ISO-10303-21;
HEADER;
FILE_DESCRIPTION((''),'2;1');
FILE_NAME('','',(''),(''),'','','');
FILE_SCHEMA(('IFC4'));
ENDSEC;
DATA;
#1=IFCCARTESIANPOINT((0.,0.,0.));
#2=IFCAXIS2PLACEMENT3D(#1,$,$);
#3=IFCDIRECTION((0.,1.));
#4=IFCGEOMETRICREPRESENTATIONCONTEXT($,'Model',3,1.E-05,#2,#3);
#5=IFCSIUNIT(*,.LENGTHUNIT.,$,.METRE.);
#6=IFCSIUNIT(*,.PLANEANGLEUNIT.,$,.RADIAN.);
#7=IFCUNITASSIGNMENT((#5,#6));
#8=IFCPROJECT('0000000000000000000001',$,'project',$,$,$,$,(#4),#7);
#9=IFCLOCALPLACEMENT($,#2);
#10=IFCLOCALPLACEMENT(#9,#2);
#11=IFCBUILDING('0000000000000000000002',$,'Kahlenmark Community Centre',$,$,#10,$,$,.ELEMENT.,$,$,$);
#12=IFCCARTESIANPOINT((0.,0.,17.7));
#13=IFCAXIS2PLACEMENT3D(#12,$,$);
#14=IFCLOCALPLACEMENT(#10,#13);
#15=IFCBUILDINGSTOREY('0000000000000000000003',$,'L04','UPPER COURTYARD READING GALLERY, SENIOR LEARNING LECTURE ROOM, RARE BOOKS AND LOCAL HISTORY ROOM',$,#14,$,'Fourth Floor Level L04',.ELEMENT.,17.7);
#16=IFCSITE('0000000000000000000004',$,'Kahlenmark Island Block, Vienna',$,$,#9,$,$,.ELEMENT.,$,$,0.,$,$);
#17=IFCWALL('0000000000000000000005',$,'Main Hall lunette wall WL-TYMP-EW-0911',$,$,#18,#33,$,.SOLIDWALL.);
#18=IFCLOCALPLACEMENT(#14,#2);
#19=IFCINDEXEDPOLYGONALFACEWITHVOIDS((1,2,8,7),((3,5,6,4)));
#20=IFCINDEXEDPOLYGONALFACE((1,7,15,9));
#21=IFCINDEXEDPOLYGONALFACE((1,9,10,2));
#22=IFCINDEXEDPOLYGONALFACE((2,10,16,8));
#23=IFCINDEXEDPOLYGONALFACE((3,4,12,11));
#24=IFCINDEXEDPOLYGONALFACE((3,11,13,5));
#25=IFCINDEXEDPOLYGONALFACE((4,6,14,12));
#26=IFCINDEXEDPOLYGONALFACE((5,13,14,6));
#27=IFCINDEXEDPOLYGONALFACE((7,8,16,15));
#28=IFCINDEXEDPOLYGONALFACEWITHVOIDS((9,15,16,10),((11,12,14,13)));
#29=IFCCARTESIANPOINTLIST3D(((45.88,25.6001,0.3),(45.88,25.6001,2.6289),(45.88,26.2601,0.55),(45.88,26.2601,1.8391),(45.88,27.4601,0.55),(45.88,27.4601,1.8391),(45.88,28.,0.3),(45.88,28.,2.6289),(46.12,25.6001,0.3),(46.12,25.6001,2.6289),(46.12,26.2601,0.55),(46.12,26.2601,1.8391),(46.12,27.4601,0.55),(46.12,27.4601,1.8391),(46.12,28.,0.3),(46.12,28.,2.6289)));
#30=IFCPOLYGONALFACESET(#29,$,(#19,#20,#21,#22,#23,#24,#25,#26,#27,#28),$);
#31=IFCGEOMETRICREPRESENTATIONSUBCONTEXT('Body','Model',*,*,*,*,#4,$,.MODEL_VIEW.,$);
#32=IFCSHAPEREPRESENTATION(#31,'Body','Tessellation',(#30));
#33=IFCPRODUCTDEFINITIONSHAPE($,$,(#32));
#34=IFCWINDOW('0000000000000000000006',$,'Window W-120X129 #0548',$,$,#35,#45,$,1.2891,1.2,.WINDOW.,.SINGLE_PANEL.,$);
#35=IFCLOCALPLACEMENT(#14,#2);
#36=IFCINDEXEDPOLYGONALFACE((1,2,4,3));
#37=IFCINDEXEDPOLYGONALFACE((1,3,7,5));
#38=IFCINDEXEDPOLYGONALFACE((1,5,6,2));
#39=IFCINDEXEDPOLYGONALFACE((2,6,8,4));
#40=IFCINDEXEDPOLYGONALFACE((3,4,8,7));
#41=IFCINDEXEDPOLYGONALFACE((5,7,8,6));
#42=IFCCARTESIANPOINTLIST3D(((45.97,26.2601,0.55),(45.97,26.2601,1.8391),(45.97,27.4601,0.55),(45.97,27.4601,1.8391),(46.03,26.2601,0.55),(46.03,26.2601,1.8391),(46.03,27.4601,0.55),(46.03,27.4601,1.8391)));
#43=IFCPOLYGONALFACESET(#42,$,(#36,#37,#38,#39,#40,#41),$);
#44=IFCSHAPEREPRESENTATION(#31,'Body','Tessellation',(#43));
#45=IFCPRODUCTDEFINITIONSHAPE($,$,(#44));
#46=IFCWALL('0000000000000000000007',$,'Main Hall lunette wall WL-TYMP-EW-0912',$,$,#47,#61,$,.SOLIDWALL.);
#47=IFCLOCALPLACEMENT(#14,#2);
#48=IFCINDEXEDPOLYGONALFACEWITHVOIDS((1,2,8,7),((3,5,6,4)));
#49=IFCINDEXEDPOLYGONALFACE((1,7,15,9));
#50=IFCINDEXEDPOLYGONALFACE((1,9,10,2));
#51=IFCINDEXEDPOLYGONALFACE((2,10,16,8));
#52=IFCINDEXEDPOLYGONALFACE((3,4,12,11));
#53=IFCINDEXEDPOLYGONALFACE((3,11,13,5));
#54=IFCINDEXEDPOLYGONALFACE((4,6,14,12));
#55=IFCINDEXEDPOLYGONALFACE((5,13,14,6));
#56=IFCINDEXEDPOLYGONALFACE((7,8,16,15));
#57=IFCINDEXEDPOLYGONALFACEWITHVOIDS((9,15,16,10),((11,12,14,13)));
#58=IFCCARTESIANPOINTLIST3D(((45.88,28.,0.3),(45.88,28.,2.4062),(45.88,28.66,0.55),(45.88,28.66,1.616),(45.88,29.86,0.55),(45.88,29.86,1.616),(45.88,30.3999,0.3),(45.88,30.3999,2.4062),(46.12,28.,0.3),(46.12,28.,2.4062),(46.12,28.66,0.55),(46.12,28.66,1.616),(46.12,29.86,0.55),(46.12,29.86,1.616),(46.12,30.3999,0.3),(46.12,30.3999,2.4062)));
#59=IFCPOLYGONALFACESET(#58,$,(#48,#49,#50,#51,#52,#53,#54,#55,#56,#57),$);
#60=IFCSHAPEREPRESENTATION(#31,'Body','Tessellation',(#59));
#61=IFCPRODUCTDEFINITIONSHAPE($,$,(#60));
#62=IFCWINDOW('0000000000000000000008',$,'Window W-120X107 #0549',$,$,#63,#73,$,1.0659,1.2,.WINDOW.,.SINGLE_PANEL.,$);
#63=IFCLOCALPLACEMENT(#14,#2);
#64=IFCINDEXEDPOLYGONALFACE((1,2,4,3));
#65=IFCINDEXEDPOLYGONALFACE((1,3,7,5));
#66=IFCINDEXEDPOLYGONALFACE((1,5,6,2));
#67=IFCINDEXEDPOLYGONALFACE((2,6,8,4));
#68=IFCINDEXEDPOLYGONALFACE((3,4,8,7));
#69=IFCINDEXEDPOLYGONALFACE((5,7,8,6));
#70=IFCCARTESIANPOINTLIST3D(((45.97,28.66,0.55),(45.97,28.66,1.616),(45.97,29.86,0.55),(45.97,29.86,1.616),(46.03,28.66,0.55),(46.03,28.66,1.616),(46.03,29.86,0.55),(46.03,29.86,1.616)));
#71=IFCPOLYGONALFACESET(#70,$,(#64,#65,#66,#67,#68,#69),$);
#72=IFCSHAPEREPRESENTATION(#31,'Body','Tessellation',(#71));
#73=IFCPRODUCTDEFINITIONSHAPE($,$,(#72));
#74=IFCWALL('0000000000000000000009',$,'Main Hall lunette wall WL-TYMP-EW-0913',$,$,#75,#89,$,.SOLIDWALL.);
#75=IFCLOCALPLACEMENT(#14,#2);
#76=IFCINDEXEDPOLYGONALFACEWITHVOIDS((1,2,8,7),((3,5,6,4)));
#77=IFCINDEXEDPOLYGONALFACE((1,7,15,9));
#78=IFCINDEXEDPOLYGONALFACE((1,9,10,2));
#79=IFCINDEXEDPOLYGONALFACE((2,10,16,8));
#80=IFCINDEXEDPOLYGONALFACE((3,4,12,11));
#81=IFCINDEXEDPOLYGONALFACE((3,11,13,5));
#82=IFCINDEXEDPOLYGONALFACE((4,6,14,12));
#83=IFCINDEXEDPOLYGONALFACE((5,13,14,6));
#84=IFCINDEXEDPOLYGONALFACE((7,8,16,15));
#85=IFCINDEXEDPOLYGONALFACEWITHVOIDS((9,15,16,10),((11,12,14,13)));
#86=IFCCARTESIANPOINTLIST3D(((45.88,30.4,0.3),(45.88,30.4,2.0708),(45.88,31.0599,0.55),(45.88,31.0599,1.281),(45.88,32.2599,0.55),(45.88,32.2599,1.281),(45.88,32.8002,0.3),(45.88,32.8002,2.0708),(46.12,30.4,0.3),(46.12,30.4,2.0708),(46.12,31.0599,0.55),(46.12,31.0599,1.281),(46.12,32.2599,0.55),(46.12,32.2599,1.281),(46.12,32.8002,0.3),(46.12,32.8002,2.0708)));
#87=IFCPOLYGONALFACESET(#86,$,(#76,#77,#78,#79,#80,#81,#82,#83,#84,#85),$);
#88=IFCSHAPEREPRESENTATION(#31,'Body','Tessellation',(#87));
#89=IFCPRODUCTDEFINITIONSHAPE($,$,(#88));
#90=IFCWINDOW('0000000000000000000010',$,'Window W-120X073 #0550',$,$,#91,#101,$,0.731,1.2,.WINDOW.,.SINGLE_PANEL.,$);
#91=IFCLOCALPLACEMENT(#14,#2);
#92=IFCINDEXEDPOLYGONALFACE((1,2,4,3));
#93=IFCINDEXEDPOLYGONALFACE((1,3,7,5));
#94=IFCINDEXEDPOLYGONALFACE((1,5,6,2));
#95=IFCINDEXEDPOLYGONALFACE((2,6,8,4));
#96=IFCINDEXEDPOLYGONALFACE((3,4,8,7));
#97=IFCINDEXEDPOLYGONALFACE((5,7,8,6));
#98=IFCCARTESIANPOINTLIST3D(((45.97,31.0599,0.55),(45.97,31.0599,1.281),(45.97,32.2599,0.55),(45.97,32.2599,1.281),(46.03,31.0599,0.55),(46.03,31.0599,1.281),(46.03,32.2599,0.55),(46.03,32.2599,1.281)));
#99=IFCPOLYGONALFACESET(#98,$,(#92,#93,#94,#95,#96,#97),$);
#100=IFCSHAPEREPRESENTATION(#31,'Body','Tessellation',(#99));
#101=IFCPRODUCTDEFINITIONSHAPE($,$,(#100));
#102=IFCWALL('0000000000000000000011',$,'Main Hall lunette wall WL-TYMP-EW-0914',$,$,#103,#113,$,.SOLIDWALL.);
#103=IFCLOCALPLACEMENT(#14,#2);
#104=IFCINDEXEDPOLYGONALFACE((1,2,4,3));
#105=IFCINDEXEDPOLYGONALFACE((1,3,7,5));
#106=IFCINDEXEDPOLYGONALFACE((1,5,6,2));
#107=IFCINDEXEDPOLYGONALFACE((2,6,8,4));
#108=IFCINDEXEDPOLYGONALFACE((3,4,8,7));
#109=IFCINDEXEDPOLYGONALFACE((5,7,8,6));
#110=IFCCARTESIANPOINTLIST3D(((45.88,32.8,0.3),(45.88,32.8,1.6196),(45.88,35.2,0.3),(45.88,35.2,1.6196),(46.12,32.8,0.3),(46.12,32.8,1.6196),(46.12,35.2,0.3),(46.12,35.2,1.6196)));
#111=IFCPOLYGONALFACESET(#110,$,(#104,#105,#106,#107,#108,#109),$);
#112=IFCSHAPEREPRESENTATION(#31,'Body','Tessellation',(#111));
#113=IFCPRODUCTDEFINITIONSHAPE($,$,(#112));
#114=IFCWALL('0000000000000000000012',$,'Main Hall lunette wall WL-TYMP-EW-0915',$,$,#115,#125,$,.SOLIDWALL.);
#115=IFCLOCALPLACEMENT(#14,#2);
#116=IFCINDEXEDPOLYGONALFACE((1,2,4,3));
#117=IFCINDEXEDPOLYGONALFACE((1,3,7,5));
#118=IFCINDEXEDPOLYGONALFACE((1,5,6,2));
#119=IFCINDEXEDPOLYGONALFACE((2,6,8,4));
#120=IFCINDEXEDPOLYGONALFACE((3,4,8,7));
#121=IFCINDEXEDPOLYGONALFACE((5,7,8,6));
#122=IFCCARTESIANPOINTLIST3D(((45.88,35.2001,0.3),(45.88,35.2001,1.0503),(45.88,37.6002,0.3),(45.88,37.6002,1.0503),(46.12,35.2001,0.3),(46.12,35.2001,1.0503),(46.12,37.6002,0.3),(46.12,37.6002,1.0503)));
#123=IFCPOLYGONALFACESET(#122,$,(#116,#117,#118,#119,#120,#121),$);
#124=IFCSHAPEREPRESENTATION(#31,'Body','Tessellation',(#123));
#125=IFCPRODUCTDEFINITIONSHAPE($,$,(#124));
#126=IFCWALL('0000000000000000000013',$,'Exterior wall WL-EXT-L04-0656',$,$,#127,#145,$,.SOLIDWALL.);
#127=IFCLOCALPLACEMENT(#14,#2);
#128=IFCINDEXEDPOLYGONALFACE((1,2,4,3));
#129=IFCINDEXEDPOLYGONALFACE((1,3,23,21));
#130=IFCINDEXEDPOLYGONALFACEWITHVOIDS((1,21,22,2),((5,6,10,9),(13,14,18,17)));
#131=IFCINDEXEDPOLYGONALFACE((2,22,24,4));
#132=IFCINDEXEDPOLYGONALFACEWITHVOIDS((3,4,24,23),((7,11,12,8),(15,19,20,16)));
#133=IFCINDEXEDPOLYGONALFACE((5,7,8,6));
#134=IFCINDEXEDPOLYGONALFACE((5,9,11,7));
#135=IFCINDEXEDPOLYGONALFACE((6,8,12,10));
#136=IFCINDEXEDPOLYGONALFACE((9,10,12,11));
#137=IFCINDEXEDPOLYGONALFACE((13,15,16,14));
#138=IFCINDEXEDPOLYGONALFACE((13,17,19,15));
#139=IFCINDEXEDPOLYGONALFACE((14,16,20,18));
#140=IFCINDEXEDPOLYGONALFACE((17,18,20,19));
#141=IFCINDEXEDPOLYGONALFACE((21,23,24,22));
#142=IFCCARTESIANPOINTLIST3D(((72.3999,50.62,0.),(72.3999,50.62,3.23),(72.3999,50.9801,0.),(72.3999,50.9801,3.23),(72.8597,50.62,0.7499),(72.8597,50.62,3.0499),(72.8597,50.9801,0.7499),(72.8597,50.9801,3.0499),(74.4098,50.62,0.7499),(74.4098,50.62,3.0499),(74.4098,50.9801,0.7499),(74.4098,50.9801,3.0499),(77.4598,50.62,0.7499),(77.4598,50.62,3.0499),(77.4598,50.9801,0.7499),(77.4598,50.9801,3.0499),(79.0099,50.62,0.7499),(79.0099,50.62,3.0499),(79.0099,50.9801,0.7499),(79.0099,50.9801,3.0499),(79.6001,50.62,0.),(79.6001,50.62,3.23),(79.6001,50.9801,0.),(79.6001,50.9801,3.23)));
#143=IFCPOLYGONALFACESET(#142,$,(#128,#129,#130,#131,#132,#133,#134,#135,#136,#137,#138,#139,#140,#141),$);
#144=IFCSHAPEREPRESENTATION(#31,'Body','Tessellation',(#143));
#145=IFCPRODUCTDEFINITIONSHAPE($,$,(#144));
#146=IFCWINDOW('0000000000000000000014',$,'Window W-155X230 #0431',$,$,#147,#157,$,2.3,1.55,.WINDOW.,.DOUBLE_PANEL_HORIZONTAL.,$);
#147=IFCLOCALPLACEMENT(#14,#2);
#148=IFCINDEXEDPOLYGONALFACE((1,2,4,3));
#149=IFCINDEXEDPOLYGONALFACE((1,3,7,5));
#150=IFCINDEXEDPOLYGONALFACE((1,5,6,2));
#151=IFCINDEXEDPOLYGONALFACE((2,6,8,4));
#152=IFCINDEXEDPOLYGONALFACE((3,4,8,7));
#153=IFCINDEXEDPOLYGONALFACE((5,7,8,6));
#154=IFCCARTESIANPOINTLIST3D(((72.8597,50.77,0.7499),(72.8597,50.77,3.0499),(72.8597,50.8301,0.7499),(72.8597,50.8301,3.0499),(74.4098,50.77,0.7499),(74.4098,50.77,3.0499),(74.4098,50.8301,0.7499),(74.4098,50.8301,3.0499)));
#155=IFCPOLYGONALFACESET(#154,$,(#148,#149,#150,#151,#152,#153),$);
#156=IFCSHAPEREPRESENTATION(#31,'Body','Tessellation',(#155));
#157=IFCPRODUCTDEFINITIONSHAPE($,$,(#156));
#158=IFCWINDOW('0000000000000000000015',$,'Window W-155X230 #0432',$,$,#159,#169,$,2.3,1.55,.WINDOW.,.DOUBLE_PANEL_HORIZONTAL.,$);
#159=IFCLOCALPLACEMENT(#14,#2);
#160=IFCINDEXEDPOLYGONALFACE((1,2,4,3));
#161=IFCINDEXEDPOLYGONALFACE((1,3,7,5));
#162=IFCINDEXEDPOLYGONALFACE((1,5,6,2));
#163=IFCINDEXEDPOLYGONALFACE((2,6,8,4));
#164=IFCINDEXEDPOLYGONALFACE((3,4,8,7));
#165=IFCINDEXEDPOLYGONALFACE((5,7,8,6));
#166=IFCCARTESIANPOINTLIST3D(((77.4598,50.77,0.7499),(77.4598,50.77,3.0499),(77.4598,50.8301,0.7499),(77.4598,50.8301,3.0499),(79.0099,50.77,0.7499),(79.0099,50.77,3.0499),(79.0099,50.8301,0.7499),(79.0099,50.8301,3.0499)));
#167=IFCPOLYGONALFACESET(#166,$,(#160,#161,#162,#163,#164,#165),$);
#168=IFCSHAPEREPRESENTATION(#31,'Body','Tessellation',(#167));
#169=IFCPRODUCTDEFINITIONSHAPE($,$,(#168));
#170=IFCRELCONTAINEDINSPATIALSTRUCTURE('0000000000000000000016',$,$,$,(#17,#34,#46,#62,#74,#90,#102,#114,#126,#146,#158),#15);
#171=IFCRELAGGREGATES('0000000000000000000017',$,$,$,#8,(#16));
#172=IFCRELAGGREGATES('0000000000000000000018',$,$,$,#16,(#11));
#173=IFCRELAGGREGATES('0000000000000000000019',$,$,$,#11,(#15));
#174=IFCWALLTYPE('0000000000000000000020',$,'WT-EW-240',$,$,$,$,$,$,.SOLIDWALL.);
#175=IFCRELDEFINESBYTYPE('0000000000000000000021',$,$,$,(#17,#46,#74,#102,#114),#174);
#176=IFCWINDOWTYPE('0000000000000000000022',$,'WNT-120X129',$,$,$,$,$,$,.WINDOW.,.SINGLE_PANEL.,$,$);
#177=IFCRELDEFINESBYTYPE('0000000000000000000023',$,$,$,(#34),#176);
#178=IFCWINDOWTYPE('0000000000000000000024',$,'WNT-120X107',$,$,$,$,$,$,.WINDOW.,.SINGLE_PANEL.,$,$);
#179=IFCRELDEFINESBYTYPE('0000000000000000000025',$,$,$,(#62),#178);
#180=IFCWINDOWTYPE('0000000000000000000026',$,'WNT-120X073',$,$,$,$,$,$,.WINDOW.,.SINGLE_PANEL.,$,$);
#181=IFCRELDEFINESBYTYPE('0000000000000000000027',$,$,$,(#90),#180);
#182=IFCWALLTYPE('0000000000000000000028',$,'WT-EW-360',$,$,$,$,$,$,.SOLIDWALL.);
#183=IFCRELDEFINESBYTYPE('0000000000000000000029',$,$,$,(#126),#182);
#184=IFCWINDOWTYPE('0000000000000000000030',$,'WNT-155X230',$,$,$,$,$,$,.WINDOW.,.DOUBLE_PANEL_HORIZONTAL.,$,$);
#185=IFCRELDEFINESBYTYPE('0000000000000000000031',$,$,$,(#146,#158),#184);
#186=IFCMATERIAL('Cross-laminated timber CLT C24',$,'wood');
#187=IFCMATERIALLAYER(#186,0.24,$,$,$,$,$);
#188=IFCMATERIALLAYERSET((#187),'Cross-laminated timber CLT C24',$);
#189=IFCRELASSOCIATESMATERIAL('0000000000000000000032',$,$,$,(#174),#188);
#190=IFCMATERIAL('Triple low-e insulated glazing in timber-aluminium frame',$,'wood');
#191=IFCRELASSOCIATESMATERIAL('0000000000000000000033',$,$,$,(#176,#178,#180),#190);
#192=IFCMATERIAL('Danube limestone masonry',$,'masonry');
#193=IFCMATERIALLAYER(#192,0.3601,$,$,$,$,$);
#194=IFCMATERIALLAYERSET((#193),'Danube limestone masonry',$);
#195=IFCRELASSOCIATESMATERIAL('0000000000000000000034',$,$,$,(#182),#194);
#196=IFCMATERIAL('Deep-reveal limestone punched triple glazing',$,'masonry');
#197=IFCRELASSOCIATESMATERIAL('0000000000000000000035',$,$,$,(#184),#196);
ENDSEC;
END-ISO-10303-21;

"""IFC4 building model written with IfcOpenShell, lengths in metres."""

from ifc_helpers import new_model, si_unit, direction, frame, frame_2d, origin, place, context, subcontext, project, spatial, rectangle, extrude, material, layer, layer_set, type_object, element, fill, save


model = new_model("IFC4")

# Units and contexts
model_context = context("Model", 3, precision=1e-05, world=origin(), true_north=direction((0.0, 1.0)))
body_context = subcontext(model_context, "Body", "Model", "MODEL_VIEW")
ifc_project = project(units=[si_unit("LENGTHUNIT", "METRE"), si_unit("PLANEANGLEUNIT", "RADIAN")], contexts=[model_context])

# Site, building, storey
site_placement = place(None, origin())
site = spatial("IfcSite", under=ifc_project, at=site_placement, Name="Kahlenmark Island Block, Vienna", CompositionType="ELEMENT", RefElevation=0.0)
building_placement = place(site_placement, origin())
building = spatial("IfcBuilding", under=site, at=building_placement, Name="Kahlenmark Community Centre", CompositionType="ELEMENT")
storey_placement = place(building_placement, frame((0.0, 0.0, 17.7)))
storey = spatial("IfcBuildingStorey", under=building, at=storey_placement, Name="L04", Description="UPPER COURTYARD READING GALLERY, SENIOR LEARNING LECTURE ROOM, RARE BOOKS AND LOCAL HISTORY ROOM", LongName="Fourth Floor Level L04", CompositionType="ELEMENT", Elevation=17.7)

# Shared definitions
ifc_material_1 = material(Name="Cross-laminated timber CLT C24", Category="wood")
ifc_layer_1 = layer(ifc_material_1, 0.24)
ifc_layer_set_1 = layer_set([ifc_layer_1], Name="Cross-laminated timber CLT C24")
wall_type_1 = type_object("IfcWallType", Name="WT-EW-240", PredefinedType="SOLIDWALL", material=ifc_layer_set_1)

# Walls, openings, windows
wall_1_placement = place(storey_placement, frame((46.0, 25.6001, 0.3), z_axis=(0.0, 0.0, 1.0), x_axis=(0.0, 1.0, 0.0)))
wall_1 = element("IfcWall", 1, at=wall_1_placement, inside=storey, type_object=wall_type_1, Name="Main Hall lunette wall WL-TYMP-EW-0911", PredefinedType="SOLIDWALL", context=body_context, shape_type="SweptSolid", body=[
    extrude(rectangle(XDim=2.3999, YDim=0.24, at=frame_2d((1.2, 0.0))), origin(), (0.0, 0.0, 1.0), 2.3289),
])
opening_1_placement = place(wall_1_placement, frame((0.6599, 0.0, 0.25)))
opening_1 = element("IfcOpeningElement", 2, at=opening_1_placement, cuts=wall_1, PredefinedType="OPENING", context=body_context, shape_type="SweptSolid", body=[
    extrude(rectangle(XDim=1.2, YDim=1.2891, at=frame_2d((0.6001, 0.6445))), frame((0.0, 0.1299, 0.0), z_axis=(0.0, -1.0, 0.0), x_axis=(1.0, 0.0, 0.0)), (0.0, 0.0, 1.0), 0.26),
])
ifc_material_2 = material(Name="Triple low-e insulated glazing in timber-aluminium frame", Category="wood")
window_type_1 = type_object("IfcWindowType", Name="WNT-120X129", PartitioningType="SINGLE_PANEL", PredefinedType="WINDOW", material=ifc_material_2)
window_1_placement = place(opening_1_placement, origin())
window_1 = element("IfcWindow", 3, at=window_1_placement, inside=storey, type_object=window_type_1, Name="Window W-120X129 #0548", OverallHeight=1.2891, OverallWidth=1.2, PartitioningType="SINGLE_PANEL", PredefinedType="WINDOW", context=body_context, shape_type="SweptSolid", body=[
    extrude(rectangle(XDim=1.2, YDim=1.2891, at=frame_2d((0.6001, 0.6445))), frame((0.0, 0.03, 0.0), z_axis=(0.0, -1.0, 0.0), x_axis=(1.0, 0.0, 0.0)), (0.0, 0.0, 1.0), 0.0601),
])
fill(opening_1, window_1)
wall_2_placement = place(storey_placement, frame((46.0, 28.0, 0.3), z_axis=(0.0, 0.0, 1.0), x_axis=(0.0, 1.0, 0.0)))
wall_2 = element("IfcWall", 4, at=wall_2_placement, inside=storey, type_object=wall_type_1, Name="Main Hall lunette wall WL-TYMP-EW-0912", PredefinedType="SOLIDWALL", context=body_context, shape_type="SweptSolid", body=[
    extrude(rectangle(XDim=2.3999, YDim=0.24, at=frame_2d((1.2, 0.0))), origin(), (0.0, 0.0, 1.0), 2.1062),
])
opening_2_placement = place(wall_2_placement, frame((0.6599, 0.0, 0.25)))
opening_2 = element("IfcOpeningElement", 5, at=opening_2_placement, cuts=wall_2, PredefinedType="OPENING", context=body_context, shape_type="SweptSolid", body=[
    extrude(rectangle(XDim=1.2, YDim=1.0659, at=frame_2d((0.6001, 0.533))), frame((0.0, 0.1299, 0.0), z_axis=(0.0, -1.0, 0.0), x_axis=(1.0, 0.0, 0.0)), (0.0, 0.0, 1.0), 0.26),
])
window_type_2 = type_object("IfcWindowType", Name="WNT-120X107", PartitioningType="SINGLE_PANEL", PredefinedType="WINDOW", material=ifc_material_2)
window_2_placement = place(opening_2_placement, origin())
window_2 = element("IfcWindow", 6, at=window_2_placement, inside=storey, type_object=window_type_2, Name="Window W-120X107 #0549", OverallHeight=1.0659, OverallWidth=1.2, PartitioningType="SINGLE_PANEL", PredefinedType="WINDOW", context=body_context, shape_type="SweptSolid", body=[
    extrude(rectangle(XDim=1.2, YDim=1.0659, at=frame_2d((0.6001, 0.533))), frame((0.0, 0.03, 0.0), z_axis=(0.0, -1.0, 0.0), x_axis=(1.0, 0.0, 0.0)), (0.0, 0.0, 1.0), 0.0601),
])
fill(opening_2, window_2)
wall_3_placement = place(storey_placement, frame((46.0, 30.3999, 0.3), z_axis=(0.0, 0.0, 1.0), x_axis=(0.0, 1.0, 0.0)))
wall_3 = element("IfcWall", 7, at=wall_3_placement, inside=storey, type_object=wall_type_1, Name="Main Hall lunette wall WL-TYMP-EW-0913", PredefinedType="SOLIDWALL", context=body_context, shape_type="SweptSolid", body=[
    extrude(rectangle(XDim=2.4001, YDim=0.24, at=frame_2d((1.2002, 0.0))), origin(), (0.0, 0.0, 1.0), 1.7708),
])
opening_3_placement = place(wall_3_placement, frame((0.6599, 0.0, 0.25)))
opening_3 = element("IfcOpeningElement", 8, at=opening_3_placement, cuts=wall_3, PredefinedType="OPENING", context=body_context, shape_type="SweptSolid", body=[
    extrude(rectangle(XDim=1.2, YDim=0.731, at=frame_2d((0.6001, 0.3655))), frame((0.0, 0.1299, 0.0), z_axis=(0.0, -1.0, 0.0), x_axis=(1.0, 0.0, 0.0)), (0.0, 0.0, 1.0), 0.26),
])
window_type_3 = type_object("IfcWindowType", Name="WNT-120X073", PartitioningType="SINGLE_PANEL", PredefinedType="WINDOW", material=ifc_material_2)
window_3_placement = place(opening_3_placement, origin())
window_3 = element("IfcWindow", 9, at=window_3_placement, inside=storey, type_object=window_type_3, Name="Window W-120X073 #0550", OverallHeight=0.731, OverallWidth=1.2, PartitioningType="SINGLE_PANEL", PredefinedType="WINDOW", context=body_context, shape_type="SweptSolid", body=[
    extrude(rectangle(XDim=1.2, YDim=0.731, at=frame_2d((0.6001, 0.3655))), frame((0.0, 0.03, 0.0), z_axis=(0.0, -1.0, 0.0), x_axis=(1.0, 0.0, 0.0)), (0.0, 0.0, 1.0), 0.0601),
])
fill(opening_3, window_3)

# Walls
wall_4_placement = place(storey_placement, frame((46.0, 32.8, 0.3), z_axis=(0.0, 0.0, 1.0), x_axis=(0.0, 1.0, 0.0)))
element("IfcWall", 10, at=wall_4_placement, inside=storey, type_object=wall_type_1, Name="Main Hall lunette wall WL-TYMP-EW-0914", PredefinedType="SOLIDWALL", context=body_context, shape_type="SweptSolid", body=[
    extrude(rectangle(XDim=2.3999, YDim=0.24, at=frame_2d((1.2, 0.0))), origin(), (0.0, 0.0, 1.0), 1.3196),
])
wall_5_placement = place(storey_placement, frame((46.0, 35.2, 0.3), z_axis=(0.0, 0.0, 1.0), x_axis=(0.0, 1.0, 0.0)))
element("IfcWall", 11, at=wall_5_placement, inside=storey, type_object=wall_type_1, Name="Main Hall lunette wall WL-TYMP-EW-0915", PredefinedType="SOLIDWALL", context=body_context, shape_type="SweptSolid", body=[
    extrude(rectangle(XDim=2.4001, YDim=0.24, at=frame_2d((1.2002, 0.0))), origin(), (0.0, 0.0, 1.0), 0.7502),
])

# Wall, openings, windows
ifc_material_3 = material(Name="Danube limestone masonry", Category="masonry")
ifc_layer_2 = layer(ifc_material_3, 0.3601)
ifc_layer_set_2 = layer_set([ifc_layer_2], Name="Danube limestone masonry")
wall_type_2 = type_object("IfcWallType", Name="WT-EW-360", PredefinedType="SOLIDWALL", material=ifc_layer_set_2)
wall_6_placement = place(storey_placement, frame((72.3999, 50.8, 0.0), z_axis=(0.0, 0.0, 1.0), x_axis=(1.0, 0.0, 0.0)))
wall_6 = element("IfcWall", 12, at=wall_6_placement, inside=storey, type_object=wall_type_2, Name="Exterior wall WL-EXT-L04-0656", PredefinedType="SOLIDWALL", context=body_context, shape_type="SweptSolid", body=[
    extrude(rectangle(XDim=7.2002, YDim=0.3601, at=frame_2d((3.6001, 0.0))), origin(), (0.0, 0.0, 1.0), 3.23),
])
opening_4_placement = place(wall_6_placement, frame((0.46, 0.0, 0.75)))
opening_4 = element("IfcOpeningElement", 13, at=opening_4_placement, cuts=wall_6, PredefinedType="OPENING", context=body_context, shape_type="SweptSolid", body=[
    extrude(rectangle(XDim=1.55, YDim=2.3, at=frame_2d((0.7749, 1.1499))), frame((0.0, 0.1899, 0.0), z_axis=(0.0, -1.0, 0.0), x_axis=(1.0, 0.0, 0.0)), (0.0, 0.0, 1.0), 0.3801),
])
opening_5_placement = place(wall_6_placement, frame((5.0601, 0.0, 0.75)))
opening_5 = element("IfcOpeningElement", 14, at=opening_5_placement, cuts=wall_6, PredefinedType="OPENING", context=body_context, shape_type="SweptSolid", body=[
    extrude(rectangle(XDim=1.55, YDim=2.3, at=frame_2d((0.7749, 1.1499))), frame((0.0, 0.1899, 0.0), z_axis=(0.0, -1.0, 0.0), x_axis=(1.0, 0.0, 0.0)), (0.0, 0.0, 1.0), 0.3801),
])
ifc_material_4 = material(Name="Deep-reveal limestone punched triple glazing", Category="masonry")
window_type_4 = type_object("IfcWindowType", Name="WNT-155X230", PartitioningType="DOUBLE_PANEL_HORIZONTAL", PredefinedType="WINDOW", material=ifc_material_4)
window_4_placement = place(opening_4_placement, origin())
window_4 = element("IfcWindow", 15, at=window_4_placement, inside=storey, type_object=window_type_4, Name="Window W-155X230 #0431", OverallHeight=2.3, OverallWidth=1.55, PartitioningType="DOUBLE_PANEL_HORIZONTAL", PredefinedType="WINDOW", context=body_context, shape_type="SweptSolid", body=[
    extrude(rectangle(XDim=1.55, YDim=2.3, at=frame_2d((0.7749, 1.1499))), frame((0.0, 0.03, 0.0), z_axis=(0.0, -1.0, 0.0), x_axis=(1.0, 0.0, 0.0)), (0.0, 0.0, 1.0), 0.0601),
])
fill(opening_4, window_4)
window_5_placement = place(opening_5_placement, origin())
window_5 = element("IfcWindow", 16, at=window_5_placement, inside=storey, type_object=window_type_4, Name="Window W-155X230 #0432", OverallHeight=2.3, OverallWidth=1.55, PartitioningType="DOUBLE_PANEL_HORIZONTAL", PredefinedType="WINDOW", context=body_context, shape_type="SweptSolid", body=[
    extrude(rectangle(XDim=1.55, YDim=2.3, at=frame_2d((0.7749, 1.1499))), frame((0.0, 0.03, 0.0), z_axis=(0.0, -1.0, 0.0), x_axis=(1.0, 0.0, 0.0)), (0.0, 0.0, 1.0), 0.0601),
])
fill(opening_5, window_5)

save(model, "model.ifc")
